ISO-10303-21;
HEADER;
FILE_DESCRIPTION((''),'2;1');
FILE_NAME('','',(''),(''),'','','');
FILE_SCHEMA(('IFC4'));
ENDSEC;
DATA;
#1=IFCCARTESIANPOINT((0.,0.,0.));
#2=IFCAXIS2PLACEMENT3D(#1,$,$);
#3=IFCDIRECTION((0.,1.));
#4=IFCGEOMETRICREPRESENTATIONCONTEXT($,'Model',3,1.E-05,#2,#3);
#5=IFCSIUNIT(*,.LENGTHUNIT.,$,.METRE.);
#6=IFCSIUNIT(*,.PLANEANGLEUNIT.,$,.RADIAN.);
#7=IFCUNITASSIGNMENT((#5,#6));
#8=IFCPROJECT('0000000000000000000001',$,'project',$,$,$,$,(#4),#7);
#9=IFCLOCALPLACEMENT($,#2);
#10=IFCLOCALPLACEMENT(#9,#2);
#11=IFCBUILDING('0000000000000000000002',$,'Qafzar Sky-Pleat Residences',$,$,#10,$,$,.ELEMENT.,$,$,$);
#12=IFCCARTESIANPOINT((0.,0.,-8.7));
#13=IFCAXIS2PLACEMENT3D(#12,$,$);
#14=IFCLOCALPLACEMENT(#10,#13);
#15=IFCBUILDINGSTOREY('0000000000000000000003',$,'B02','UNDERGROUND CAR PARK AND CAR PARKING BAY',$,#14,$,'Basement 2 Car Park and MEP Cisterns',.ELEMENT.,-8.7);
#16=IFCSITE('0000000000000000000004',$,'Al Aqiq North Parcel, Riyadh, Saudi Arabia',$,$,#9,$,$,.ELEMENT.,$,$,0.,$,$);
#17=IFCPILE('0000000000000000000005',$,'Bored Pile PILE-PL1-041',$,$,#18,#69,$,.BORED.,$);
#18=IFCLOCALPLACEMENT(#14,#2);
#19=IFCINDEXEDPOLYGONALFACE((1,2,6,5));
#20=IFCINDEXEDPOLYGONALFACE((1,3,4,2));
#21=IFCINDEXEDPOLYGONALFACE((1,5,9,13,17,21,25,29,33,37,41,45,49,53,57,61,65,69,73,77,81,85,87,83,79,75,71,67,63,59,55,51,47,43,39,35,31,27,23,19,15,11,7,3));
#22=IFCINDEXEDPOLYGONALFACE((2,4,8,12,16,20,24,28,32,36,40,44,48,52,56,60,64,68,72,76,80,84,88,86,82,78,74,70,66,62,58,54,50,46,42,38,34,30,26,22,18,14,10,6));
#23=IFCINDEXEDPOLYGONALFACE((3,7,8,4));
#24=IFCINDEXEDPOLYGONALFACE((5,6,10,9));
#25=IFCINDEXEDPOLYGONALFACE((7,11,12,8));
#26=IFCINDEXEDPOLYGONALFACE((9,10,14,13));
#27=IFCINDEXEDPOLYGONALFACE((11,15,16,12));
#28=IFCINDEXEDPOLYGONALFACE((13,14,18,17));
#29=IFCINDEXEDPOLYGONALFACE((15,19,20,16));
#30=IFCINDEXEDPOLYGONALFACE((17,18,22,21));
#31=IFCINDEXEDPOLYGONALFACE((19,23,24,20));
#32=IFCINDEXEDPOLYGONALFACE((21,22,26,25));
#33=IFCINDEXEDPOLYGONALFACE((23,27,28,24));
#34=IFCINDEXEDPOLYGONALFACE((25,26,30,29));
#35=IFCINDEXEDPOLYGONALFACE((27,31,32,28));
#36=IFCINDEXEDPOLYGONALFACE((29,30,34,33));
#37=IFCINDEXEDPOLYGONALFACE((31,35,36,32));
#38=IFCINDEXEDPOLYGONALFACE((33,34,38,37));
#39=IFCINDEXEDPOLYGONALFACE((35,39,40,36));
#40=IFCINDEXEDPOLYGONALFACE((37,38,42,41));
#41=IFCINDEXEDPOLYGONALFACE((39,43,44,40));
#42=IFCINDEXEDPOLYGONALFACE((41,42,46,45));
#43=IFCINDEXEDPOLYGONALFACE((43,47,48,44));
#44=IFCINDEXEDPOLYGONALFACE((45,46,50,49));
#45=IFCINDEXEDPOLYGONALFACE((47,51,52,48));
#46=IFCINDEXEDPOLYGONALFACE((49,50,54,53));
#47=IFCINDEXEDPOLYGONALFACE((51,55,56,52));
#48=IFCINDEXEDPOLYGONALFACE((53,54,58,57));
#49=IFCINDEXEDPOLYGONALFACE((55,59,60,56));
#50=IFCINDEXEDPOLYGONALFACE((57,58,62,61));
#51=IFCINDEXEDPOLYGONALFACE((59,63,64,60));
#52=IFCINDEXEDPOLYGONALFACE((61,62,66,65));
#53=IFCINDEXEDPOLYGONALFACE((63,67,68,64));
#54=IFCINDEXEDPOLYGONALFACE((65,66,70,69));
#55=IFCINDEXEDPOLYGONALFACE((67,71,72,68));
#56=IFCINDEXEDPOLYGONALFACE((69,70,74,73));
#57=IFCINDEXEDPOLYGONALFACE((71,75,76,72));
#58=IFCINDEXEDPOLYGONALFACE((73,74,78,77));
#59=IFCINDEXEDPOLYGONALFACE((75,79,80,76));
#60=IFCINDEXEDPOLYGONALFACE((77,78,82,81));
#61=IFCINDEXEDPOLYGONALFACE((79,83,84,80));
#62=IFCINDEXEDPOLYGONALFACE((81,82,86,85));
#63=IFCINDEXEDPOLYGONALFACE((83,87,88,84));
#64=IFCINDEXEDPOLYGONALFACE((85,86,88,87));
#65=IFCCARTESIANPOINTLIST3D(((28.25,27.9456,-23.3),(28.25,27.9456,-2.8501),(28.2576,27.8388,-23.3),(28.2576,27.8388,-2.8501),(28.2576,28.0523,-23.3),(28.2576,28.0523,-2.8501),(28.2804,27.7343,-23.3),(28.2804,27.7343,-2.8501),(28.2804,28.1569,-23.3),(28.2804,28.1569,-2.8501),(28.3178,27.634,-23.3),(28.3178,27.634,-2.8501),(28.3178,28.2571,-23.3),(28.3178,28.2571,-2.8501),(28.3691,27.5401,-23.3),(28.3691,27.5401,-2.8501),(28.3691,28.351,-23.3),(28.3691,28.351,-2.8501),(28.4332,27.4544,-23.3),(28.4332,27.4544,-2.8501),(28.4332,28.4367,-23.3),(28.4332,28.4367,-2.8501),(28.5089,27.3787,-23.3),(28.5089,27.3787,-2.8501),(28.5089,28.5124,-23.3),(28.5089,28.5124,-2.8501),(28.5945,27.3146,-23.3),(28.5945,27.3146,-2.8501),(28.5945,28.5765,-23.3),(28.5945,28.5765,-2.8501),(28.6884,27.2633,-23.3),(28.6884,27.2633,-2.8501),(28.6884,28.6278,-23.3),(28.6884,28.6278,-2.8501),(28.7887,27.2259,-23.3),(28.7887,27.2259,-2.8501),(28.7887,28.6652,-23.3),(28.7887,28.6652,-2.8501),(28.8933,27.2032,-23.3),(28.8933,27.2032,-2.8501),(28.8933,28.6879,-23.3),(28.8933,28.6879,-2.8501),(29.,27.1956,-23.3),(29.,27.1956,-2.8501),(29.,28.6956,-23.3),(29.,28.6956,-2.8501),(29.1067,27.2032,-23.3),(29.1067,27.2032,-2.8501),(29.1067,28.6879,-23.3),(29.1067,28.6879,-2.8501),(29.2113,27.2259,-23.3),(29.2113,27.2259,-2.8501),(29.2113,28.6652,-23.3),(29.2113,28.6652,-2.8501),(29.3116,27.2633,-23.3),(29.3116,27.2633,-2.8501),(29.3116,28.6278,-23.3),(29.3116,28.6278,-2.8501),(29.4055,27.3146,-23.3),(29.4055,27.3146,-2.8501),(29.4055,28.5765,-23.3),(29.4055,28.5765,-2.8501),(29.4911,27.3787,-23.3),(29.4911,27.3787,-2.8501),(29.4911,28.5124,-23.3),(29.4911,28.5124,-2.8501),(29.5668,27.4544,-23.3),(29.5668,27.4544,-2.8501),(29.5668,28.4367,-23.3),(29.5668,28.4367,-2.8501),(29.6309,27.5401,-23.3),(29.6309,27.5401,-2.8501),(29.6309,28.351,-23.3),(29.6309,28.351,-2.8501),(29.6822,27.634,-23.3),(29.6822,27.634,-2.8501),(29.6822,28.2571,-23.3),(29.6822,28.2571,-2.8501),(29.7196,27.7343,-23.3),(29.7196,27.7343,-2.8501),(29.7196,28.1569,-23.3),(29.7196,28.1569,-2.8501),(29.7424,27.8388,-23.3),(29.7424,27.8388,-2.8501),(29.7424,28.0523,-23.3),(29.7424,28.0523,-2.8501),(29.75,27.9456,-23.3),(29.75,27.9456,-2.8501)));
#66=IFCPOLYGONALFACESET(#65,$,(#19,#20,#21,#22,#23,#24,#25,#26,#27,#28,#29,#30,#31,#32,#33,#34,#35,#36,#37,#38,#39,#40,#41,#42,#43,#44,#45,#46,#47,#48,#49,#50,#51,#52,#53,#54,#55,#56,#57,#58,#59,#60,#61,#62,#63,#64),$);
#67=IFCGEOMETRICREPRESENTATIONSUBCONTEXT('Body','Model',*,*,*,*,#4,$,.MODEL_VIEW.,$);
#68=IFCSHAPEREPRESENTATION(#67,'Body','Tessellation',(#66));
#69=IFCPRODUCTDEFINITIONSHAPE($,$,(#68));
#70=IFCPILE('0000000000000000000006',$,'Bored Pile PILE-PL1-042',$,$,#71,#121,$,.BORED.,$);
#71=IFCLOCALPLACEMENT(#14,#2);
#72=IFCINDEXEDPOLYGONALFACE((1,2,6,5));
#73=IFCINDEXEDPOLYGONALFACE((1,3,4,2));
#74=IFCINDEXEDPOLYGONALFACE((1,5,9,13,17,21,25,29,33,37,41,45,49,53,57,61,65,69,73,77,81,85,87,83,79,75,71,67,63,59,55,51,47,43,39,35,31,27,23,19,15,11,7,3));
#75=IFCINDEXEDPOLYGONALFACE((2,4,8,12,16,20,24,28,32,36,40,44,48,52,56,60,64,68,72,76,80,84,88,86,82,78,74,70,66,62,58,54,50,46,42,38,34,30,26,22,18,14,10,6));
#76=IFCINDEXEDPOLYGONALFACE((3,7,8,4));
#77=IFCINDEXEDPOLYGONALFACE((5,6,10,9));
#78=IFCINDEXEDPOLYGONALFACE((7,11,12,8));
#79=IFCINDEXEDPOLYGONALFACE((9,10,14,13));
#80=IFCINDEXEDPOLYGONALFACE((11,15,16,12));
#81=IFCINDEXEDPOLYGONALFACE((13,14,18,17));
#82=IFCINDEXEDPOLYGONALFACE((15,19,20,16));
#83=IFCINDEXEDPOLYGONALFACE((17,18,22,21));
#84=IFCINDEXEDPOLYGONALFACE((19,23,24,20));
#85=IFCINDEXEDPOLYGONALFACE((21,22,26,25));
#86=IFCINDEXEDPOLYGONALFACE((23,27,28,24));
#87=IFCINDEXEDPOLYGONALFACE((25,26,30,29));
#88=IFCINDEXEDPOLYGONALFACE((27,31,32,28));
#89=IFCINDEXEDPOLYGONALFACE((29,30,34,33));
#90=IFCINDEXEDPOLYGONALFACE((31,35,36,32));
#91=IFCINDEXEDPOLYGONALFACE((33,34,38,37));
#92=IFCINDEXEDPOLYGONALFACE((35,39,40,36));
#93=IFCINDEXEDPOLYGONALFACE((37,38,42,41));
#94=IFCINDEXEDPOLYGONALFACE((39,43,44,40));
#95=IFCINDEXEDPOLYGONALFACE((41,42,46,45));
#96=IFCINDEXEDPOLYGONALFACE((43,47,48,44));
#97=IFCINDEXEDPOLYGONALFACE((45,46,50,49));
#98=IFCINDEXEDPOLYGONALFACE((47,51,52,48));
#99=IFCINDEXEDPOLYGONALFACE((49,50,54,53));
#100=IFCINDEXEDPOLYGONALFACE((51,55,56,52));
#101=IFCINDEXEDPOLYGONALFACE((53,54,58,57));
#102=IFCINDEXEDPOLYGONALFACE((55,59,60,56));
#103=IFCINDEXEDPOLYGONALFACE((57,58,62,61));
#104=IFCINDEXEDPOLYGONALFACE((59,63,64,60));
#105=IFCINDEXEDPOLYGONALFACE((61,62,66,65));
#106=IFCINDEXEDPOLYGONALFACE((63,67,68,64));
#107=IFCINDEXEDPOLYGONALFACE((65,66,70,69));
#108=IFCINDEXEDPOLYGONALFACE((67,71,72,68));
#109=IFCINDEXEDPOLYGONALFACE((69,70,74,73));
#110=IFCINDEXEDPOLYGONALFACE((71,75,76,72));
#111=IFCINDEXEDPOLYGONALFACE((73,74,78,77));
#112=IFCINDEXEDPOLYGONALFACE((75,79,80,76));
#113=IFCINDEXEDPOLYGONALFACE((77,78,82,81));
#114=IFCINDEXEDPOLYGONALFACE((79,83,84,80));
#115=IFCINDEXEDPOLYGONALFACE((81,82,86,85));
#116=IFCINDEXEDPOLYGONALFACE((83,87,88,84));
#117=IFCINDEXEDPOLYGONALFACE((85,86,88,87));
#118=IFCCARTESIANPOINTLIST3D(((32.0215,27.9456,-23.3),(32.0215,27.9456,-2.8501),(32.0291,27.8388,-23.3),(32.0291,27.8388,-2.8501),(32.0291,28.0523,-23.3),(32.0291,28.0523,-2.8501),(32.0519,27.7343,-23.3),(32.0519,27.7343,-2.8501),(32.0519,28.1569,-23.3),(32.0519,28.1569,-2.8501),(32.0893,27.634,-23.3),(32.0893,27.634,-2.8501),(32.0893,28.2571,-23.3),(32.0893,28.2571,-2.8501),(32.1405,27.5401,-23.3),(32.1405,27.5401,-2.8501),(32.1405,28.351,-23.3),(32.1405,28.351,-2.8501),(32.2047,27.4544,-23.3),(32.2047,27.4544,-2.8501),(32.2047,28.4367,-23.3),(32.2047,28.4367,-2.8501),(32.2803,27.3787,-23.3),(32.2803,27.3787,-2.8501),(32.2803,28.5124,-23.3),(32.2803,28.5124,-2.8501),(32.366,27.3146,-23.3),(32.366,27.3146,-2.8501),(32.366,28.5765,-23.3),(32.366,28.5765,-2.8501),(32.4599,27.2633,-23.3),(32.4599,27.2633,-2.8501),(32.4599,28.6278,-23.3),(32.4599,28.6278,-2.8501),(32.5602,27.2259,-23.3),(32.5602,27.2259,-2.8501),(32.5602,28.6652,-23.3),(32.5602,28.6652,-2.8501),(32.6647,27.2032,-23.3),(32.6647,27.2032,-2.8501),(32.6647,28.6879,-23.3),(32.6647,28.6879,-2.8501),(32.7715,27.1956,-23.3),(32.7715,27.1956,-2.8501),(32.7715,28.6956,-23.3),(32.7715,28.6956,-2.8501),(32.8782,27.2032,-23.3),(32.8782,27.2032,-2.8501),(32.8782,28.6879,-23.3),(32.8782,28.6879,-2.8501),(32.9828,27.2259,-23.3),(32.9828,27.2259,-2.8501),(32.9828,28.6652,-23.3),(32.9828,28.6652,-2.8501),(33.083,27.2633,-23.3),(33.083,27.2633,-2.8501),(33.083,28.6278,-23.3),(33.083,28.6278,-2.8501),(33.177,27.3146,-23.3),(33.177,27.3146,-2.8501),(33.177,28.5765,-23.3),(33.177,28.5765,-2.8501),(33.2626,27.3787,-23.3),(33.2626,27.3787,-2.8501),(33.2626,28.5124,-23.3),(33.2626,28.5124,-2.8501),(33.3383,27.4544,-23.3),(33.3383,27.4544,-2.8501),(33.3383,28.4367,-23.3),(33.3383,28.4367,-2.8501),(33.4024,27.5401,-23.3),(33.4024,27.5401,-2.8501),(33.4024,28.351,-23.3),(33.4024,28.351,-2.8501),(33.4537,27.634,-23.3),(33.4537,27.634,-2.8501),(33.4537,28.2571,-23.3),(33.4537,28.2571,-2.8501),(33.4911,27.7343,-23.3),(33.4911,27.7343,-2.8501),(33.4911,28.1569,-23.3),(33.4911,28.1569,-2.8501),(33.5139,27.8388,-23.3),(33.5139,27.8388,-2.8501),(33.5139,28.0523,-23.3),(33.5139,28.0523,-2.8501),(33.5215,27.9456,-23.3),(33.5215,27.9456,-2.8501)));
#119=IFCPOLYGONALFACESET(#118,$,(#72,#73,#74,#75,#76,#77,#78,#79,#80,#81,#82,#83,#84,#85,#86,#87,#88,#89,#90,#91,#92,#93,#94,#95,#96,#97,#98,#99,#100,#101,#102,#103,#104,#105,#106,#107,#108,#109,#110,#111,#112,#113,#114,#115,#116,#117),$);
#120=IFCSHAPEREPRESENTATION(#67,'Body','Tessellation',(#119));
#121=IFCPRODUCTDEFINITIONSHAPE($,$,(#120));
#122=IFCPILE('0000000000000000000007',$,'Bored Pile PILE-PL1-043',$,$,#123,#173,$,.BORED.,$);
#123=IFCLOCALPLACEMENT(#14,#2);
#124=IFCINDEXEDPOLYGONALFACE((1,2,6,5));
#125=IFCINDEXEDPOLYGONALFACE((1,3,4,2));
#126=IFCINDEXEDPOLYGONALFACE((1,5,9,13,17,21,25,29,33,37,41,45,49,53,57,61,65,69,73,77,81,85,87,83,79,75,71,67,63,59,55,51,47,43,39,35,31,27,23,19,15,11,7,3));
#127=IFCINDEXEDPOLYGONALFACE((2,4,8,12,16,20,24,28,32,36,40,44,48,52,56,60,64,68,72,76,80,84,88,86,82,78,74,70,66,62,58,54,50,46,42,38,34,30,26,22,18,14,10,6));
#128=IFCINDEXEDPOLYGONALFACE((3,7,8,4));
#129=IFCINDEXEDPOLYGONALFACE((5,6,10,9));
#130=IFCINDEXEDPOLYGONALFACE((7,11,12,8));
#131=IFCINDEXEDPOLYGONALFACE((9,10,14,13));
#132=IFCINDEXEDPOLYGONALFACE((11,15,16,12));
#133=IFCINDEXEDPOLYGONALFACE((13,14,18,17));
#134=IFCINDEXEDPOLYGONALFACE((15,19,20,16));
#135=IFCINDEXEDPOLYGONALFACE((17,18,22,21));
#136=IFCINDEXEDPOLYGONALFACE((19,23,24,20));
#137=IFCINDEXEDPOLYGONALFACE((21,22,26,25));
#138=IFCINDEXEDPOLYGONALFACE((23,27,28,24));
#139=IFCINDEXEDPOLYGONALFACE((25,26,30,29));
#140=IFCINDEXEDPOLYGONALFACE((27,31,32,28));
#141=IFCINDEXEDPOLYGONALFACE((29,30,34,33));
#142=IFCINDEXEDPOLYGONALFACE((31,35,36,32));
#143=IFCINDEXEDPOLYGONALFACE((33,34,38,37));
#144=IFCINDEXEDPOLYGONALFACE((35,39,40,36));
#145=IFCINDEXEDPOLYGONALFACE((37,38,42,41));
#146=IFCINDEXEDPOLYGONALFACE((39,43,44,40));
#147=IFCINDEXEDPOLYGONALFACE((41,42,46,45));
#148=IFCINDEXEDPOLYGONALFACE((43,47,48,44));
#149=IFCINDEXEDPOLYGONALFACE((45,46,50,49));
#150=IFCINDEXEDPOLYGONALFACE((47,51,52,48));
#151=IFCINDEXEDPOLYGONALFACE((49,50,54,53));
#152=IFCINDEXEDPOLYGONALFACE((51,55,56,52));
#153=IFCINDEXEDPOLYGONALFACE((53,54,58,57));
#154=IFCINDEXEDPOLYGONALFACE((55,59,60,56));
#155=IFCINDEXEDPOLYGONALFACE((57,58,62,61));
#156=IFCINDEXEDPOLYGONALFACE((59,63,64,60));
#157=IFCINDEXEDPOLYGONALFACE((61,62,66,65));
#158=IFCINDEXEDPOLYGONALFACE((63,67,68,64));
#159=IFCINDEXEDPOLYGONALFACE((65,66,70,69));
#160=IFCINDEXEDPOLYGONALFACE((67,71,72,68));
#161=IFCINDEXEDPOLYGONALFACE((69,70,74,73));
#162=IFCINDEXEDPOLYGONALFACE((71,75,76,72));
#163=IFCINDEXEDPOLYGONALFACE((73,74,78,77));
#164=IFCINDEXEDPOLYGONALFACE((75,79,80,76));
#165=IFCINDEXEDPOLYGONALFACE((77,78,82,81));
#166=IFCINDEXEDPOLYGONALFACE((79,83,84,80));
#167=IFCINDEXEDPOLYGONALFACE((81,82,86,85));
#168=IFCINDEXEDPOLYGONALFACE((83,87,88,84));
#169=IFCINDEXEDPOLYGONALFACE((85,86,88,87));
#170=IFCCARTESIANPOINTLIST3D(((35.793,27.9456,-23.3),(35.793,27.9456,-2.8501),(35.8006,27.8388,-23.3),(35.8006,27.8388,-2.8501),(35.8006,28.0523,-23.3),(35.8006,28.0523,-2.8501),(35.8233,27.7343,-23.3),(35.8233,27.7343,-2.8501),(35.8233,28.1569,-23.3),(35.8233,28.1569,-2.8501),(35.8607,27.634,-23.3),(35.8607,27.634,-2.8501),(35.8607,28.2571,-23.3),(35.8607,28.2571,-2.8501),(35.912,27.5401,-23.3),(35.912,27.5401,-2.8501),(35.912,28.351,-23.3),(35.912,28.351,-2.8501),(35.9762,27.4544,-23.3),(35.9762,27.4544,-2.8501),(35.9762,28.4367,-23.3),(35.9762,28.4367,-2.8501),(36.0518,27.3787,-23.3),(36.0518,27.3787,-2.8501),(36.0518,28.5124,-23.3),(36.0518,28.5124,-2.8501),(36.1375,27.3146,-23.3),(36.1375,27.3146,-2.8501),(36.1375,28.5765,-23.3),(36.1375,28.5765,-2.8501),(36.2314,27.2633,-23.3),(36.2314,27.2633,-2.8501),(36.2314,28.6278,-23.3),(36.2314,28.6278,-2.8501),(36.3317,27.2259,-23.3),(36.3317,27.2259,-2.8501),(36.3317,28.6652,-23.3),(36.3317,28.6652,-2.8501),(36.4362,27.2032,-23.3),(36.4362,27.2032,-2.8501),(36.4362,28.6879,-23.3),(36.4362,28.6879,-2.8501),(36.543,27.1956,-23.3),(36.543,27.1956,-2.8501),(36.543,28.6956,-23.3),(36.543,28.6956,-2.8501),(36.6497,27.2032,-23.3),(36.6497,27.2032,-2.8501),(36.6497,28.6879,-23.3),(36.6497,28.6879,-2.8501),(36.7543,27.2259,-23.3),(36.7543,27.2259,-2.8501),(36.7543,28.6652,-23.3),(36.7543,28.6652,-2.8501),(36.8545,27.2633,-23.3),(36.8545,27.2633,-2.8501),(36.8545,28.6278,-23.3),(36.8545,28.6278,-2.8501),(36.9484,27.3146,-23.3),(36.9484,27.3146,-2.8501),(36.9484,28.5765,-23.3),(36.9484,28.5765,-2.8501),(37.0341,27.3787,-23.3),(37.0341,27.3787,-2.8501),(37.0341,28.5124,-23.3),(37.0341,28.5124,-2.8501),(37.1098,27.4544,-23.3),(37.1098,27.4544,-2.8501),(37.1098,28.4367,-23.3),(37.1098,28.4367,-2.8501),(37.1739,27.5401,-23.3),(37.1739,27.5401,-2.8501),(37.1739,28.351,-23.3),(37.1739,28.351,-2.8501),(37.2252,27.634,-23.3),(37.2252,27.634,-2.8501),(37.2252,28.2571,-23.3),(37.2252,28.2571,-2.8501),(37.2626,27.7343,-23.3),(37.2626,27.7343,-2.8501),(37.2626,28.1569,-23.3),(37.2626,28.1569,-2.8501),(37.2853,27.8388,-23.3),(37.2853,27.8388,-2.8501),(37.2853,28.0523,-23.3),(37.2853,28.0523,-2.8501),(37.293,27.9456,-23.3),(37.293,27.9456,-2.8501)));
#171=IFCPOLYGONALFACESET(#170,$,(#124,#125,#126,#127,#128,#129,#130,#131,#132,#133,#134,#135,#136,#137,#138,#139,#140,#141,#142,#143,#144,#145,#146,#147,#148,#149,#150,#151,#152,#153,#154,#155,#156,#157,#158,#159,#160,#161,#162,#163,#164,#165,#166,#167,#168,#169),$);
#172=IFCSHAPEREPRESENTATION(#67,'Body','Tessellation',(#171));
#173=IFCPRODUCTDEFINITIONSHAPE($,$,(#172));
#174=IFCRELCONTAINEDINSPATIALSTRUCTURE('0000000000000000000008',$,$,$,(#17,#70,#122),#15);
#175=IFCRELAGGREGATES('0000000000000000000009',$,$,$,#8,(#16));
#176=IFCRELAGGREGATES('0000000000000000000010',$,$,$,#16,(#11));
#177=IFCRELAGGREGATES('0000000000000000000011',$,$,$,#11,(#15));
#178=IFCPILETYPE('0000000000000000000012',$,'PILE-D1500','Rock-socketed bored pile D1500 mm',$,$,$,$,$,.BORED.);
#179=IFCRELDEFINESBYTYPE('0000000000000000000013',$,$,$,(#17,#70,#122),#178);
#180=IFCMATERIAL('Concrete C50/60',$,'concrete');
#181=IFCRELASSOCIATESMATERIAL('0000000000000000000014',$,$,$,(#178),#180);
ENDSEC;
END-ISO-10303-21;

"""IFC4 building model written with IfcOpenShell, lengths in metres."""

from ifc_helpers import new_model, si_unit, direction, frame, origin, origin_2d, place, context, subcontext, project, spatial, circle, extrude, source, transform, mapped, material, material_profile, profile_set, type_object, element, save


model = new_model("IFC4")

# Units and contexts
model_context = context("Model", 3, precision=1e-05, world=origin(), true_north=direction((0.0, 1.0)))
body_context = subcontext(model_context, "Body", "Model", "MODEL_VIEW")
ifc_project = project(units=[si_unit("LENGTHUNIT", "METRE"), si_unit("PLANEANGLEUNIT", "RADIAN")], contexts=[model_context])

# Site, building, storey
site_placement = place(None, origin())
site = spatial("IfcSite", under=ifc_project, at=site_placement, Name="Al Aqiq North Parcel, Riyadh, Saudi Arabia", CompositionType="ELEMENT", RefElevation=0.0)
building_placement = place(site_placement, origin())
building = spatial("IfcBuilding", under=site, at=building_placement, Name="Qafzar Sky-Pleat Residences", CompositionType="ELEMENT")
storey_placement = place(building_placement, frame((0.0, 0.0, -8.7)))
storey = spatial("IfcBuildingStorey", under=building, at=storey_placement, Name="B02", Description="UNDERGROUND CAR PARK AND CAR PARKING BAY", LongName="Basement 2 Car Park and MEP Cisterns", CompositionType="ELEMENT", Elevation=-8.7)

# Piles
ifc_material_1 = material(Name="Concrete C50/60", Category="concrete")
ifc_material_profile_1 = material_profile(ifc_material_1, circle(Radius=0.75, at=origin_2d()), Name="PILE D1500")
ifc_profile_set_1 = profile_set([ifc_material_profile_1], Name="Concrete C50/60")
pile_type = type_object("IfcPileType", Name="PILE-D1500", Description="Rock-socketed bored pile D1500 mm", PredefinedType="BORED", material=ifc_profile_set_1)
shared_shape_1 = source(origin(), body_context, "Body", "SweptSolid", [
    extrude(circle(Radius=0.75, at=origin_2d()), origin(), (0.0, 0.0, 1.0), 20.45),
])
for number, where, z_axis, x_axis, name in (
    (1, (29.0, 27.9456, -2.8501), (0.0, 0.0, -1.0), (1.0, 0.0, 0.0), "Bored Pile PILE-PL1-041"),
    (2, (32.7715, 27.9456, -2.8501), (0.0, 0.0, -1.0), (1.0, 0.0, 0.0), "Bored Pile PILE-PL1-042"),
    (3, (36.543, 27.9456, -2.8501), (0.0, 0.0, -1.0), (1.0, 0.0, 0.0), "Bored Pile PILE-PL1-043"),
):
    element("IfcPile", number, at=place(storey_placement, frame(where, z_axis=z_axis, x_axis=x_axis)), inside=storey, type_object=pile_type, Name=name, PredefinedType="BORED", context=body_context, shape_type="MappedRepresentation", body=[
        mapped(shared_shape_1, transform((0.0, 0.0, 0.0), x_axis=(1.0, 0.0, 0.0), y_axis=(0.0, 1.0, 0.0), z_axis=(0.0, 0.0, 1.0), scale=1.0)),
    ])

save(model, "model.ifc")
